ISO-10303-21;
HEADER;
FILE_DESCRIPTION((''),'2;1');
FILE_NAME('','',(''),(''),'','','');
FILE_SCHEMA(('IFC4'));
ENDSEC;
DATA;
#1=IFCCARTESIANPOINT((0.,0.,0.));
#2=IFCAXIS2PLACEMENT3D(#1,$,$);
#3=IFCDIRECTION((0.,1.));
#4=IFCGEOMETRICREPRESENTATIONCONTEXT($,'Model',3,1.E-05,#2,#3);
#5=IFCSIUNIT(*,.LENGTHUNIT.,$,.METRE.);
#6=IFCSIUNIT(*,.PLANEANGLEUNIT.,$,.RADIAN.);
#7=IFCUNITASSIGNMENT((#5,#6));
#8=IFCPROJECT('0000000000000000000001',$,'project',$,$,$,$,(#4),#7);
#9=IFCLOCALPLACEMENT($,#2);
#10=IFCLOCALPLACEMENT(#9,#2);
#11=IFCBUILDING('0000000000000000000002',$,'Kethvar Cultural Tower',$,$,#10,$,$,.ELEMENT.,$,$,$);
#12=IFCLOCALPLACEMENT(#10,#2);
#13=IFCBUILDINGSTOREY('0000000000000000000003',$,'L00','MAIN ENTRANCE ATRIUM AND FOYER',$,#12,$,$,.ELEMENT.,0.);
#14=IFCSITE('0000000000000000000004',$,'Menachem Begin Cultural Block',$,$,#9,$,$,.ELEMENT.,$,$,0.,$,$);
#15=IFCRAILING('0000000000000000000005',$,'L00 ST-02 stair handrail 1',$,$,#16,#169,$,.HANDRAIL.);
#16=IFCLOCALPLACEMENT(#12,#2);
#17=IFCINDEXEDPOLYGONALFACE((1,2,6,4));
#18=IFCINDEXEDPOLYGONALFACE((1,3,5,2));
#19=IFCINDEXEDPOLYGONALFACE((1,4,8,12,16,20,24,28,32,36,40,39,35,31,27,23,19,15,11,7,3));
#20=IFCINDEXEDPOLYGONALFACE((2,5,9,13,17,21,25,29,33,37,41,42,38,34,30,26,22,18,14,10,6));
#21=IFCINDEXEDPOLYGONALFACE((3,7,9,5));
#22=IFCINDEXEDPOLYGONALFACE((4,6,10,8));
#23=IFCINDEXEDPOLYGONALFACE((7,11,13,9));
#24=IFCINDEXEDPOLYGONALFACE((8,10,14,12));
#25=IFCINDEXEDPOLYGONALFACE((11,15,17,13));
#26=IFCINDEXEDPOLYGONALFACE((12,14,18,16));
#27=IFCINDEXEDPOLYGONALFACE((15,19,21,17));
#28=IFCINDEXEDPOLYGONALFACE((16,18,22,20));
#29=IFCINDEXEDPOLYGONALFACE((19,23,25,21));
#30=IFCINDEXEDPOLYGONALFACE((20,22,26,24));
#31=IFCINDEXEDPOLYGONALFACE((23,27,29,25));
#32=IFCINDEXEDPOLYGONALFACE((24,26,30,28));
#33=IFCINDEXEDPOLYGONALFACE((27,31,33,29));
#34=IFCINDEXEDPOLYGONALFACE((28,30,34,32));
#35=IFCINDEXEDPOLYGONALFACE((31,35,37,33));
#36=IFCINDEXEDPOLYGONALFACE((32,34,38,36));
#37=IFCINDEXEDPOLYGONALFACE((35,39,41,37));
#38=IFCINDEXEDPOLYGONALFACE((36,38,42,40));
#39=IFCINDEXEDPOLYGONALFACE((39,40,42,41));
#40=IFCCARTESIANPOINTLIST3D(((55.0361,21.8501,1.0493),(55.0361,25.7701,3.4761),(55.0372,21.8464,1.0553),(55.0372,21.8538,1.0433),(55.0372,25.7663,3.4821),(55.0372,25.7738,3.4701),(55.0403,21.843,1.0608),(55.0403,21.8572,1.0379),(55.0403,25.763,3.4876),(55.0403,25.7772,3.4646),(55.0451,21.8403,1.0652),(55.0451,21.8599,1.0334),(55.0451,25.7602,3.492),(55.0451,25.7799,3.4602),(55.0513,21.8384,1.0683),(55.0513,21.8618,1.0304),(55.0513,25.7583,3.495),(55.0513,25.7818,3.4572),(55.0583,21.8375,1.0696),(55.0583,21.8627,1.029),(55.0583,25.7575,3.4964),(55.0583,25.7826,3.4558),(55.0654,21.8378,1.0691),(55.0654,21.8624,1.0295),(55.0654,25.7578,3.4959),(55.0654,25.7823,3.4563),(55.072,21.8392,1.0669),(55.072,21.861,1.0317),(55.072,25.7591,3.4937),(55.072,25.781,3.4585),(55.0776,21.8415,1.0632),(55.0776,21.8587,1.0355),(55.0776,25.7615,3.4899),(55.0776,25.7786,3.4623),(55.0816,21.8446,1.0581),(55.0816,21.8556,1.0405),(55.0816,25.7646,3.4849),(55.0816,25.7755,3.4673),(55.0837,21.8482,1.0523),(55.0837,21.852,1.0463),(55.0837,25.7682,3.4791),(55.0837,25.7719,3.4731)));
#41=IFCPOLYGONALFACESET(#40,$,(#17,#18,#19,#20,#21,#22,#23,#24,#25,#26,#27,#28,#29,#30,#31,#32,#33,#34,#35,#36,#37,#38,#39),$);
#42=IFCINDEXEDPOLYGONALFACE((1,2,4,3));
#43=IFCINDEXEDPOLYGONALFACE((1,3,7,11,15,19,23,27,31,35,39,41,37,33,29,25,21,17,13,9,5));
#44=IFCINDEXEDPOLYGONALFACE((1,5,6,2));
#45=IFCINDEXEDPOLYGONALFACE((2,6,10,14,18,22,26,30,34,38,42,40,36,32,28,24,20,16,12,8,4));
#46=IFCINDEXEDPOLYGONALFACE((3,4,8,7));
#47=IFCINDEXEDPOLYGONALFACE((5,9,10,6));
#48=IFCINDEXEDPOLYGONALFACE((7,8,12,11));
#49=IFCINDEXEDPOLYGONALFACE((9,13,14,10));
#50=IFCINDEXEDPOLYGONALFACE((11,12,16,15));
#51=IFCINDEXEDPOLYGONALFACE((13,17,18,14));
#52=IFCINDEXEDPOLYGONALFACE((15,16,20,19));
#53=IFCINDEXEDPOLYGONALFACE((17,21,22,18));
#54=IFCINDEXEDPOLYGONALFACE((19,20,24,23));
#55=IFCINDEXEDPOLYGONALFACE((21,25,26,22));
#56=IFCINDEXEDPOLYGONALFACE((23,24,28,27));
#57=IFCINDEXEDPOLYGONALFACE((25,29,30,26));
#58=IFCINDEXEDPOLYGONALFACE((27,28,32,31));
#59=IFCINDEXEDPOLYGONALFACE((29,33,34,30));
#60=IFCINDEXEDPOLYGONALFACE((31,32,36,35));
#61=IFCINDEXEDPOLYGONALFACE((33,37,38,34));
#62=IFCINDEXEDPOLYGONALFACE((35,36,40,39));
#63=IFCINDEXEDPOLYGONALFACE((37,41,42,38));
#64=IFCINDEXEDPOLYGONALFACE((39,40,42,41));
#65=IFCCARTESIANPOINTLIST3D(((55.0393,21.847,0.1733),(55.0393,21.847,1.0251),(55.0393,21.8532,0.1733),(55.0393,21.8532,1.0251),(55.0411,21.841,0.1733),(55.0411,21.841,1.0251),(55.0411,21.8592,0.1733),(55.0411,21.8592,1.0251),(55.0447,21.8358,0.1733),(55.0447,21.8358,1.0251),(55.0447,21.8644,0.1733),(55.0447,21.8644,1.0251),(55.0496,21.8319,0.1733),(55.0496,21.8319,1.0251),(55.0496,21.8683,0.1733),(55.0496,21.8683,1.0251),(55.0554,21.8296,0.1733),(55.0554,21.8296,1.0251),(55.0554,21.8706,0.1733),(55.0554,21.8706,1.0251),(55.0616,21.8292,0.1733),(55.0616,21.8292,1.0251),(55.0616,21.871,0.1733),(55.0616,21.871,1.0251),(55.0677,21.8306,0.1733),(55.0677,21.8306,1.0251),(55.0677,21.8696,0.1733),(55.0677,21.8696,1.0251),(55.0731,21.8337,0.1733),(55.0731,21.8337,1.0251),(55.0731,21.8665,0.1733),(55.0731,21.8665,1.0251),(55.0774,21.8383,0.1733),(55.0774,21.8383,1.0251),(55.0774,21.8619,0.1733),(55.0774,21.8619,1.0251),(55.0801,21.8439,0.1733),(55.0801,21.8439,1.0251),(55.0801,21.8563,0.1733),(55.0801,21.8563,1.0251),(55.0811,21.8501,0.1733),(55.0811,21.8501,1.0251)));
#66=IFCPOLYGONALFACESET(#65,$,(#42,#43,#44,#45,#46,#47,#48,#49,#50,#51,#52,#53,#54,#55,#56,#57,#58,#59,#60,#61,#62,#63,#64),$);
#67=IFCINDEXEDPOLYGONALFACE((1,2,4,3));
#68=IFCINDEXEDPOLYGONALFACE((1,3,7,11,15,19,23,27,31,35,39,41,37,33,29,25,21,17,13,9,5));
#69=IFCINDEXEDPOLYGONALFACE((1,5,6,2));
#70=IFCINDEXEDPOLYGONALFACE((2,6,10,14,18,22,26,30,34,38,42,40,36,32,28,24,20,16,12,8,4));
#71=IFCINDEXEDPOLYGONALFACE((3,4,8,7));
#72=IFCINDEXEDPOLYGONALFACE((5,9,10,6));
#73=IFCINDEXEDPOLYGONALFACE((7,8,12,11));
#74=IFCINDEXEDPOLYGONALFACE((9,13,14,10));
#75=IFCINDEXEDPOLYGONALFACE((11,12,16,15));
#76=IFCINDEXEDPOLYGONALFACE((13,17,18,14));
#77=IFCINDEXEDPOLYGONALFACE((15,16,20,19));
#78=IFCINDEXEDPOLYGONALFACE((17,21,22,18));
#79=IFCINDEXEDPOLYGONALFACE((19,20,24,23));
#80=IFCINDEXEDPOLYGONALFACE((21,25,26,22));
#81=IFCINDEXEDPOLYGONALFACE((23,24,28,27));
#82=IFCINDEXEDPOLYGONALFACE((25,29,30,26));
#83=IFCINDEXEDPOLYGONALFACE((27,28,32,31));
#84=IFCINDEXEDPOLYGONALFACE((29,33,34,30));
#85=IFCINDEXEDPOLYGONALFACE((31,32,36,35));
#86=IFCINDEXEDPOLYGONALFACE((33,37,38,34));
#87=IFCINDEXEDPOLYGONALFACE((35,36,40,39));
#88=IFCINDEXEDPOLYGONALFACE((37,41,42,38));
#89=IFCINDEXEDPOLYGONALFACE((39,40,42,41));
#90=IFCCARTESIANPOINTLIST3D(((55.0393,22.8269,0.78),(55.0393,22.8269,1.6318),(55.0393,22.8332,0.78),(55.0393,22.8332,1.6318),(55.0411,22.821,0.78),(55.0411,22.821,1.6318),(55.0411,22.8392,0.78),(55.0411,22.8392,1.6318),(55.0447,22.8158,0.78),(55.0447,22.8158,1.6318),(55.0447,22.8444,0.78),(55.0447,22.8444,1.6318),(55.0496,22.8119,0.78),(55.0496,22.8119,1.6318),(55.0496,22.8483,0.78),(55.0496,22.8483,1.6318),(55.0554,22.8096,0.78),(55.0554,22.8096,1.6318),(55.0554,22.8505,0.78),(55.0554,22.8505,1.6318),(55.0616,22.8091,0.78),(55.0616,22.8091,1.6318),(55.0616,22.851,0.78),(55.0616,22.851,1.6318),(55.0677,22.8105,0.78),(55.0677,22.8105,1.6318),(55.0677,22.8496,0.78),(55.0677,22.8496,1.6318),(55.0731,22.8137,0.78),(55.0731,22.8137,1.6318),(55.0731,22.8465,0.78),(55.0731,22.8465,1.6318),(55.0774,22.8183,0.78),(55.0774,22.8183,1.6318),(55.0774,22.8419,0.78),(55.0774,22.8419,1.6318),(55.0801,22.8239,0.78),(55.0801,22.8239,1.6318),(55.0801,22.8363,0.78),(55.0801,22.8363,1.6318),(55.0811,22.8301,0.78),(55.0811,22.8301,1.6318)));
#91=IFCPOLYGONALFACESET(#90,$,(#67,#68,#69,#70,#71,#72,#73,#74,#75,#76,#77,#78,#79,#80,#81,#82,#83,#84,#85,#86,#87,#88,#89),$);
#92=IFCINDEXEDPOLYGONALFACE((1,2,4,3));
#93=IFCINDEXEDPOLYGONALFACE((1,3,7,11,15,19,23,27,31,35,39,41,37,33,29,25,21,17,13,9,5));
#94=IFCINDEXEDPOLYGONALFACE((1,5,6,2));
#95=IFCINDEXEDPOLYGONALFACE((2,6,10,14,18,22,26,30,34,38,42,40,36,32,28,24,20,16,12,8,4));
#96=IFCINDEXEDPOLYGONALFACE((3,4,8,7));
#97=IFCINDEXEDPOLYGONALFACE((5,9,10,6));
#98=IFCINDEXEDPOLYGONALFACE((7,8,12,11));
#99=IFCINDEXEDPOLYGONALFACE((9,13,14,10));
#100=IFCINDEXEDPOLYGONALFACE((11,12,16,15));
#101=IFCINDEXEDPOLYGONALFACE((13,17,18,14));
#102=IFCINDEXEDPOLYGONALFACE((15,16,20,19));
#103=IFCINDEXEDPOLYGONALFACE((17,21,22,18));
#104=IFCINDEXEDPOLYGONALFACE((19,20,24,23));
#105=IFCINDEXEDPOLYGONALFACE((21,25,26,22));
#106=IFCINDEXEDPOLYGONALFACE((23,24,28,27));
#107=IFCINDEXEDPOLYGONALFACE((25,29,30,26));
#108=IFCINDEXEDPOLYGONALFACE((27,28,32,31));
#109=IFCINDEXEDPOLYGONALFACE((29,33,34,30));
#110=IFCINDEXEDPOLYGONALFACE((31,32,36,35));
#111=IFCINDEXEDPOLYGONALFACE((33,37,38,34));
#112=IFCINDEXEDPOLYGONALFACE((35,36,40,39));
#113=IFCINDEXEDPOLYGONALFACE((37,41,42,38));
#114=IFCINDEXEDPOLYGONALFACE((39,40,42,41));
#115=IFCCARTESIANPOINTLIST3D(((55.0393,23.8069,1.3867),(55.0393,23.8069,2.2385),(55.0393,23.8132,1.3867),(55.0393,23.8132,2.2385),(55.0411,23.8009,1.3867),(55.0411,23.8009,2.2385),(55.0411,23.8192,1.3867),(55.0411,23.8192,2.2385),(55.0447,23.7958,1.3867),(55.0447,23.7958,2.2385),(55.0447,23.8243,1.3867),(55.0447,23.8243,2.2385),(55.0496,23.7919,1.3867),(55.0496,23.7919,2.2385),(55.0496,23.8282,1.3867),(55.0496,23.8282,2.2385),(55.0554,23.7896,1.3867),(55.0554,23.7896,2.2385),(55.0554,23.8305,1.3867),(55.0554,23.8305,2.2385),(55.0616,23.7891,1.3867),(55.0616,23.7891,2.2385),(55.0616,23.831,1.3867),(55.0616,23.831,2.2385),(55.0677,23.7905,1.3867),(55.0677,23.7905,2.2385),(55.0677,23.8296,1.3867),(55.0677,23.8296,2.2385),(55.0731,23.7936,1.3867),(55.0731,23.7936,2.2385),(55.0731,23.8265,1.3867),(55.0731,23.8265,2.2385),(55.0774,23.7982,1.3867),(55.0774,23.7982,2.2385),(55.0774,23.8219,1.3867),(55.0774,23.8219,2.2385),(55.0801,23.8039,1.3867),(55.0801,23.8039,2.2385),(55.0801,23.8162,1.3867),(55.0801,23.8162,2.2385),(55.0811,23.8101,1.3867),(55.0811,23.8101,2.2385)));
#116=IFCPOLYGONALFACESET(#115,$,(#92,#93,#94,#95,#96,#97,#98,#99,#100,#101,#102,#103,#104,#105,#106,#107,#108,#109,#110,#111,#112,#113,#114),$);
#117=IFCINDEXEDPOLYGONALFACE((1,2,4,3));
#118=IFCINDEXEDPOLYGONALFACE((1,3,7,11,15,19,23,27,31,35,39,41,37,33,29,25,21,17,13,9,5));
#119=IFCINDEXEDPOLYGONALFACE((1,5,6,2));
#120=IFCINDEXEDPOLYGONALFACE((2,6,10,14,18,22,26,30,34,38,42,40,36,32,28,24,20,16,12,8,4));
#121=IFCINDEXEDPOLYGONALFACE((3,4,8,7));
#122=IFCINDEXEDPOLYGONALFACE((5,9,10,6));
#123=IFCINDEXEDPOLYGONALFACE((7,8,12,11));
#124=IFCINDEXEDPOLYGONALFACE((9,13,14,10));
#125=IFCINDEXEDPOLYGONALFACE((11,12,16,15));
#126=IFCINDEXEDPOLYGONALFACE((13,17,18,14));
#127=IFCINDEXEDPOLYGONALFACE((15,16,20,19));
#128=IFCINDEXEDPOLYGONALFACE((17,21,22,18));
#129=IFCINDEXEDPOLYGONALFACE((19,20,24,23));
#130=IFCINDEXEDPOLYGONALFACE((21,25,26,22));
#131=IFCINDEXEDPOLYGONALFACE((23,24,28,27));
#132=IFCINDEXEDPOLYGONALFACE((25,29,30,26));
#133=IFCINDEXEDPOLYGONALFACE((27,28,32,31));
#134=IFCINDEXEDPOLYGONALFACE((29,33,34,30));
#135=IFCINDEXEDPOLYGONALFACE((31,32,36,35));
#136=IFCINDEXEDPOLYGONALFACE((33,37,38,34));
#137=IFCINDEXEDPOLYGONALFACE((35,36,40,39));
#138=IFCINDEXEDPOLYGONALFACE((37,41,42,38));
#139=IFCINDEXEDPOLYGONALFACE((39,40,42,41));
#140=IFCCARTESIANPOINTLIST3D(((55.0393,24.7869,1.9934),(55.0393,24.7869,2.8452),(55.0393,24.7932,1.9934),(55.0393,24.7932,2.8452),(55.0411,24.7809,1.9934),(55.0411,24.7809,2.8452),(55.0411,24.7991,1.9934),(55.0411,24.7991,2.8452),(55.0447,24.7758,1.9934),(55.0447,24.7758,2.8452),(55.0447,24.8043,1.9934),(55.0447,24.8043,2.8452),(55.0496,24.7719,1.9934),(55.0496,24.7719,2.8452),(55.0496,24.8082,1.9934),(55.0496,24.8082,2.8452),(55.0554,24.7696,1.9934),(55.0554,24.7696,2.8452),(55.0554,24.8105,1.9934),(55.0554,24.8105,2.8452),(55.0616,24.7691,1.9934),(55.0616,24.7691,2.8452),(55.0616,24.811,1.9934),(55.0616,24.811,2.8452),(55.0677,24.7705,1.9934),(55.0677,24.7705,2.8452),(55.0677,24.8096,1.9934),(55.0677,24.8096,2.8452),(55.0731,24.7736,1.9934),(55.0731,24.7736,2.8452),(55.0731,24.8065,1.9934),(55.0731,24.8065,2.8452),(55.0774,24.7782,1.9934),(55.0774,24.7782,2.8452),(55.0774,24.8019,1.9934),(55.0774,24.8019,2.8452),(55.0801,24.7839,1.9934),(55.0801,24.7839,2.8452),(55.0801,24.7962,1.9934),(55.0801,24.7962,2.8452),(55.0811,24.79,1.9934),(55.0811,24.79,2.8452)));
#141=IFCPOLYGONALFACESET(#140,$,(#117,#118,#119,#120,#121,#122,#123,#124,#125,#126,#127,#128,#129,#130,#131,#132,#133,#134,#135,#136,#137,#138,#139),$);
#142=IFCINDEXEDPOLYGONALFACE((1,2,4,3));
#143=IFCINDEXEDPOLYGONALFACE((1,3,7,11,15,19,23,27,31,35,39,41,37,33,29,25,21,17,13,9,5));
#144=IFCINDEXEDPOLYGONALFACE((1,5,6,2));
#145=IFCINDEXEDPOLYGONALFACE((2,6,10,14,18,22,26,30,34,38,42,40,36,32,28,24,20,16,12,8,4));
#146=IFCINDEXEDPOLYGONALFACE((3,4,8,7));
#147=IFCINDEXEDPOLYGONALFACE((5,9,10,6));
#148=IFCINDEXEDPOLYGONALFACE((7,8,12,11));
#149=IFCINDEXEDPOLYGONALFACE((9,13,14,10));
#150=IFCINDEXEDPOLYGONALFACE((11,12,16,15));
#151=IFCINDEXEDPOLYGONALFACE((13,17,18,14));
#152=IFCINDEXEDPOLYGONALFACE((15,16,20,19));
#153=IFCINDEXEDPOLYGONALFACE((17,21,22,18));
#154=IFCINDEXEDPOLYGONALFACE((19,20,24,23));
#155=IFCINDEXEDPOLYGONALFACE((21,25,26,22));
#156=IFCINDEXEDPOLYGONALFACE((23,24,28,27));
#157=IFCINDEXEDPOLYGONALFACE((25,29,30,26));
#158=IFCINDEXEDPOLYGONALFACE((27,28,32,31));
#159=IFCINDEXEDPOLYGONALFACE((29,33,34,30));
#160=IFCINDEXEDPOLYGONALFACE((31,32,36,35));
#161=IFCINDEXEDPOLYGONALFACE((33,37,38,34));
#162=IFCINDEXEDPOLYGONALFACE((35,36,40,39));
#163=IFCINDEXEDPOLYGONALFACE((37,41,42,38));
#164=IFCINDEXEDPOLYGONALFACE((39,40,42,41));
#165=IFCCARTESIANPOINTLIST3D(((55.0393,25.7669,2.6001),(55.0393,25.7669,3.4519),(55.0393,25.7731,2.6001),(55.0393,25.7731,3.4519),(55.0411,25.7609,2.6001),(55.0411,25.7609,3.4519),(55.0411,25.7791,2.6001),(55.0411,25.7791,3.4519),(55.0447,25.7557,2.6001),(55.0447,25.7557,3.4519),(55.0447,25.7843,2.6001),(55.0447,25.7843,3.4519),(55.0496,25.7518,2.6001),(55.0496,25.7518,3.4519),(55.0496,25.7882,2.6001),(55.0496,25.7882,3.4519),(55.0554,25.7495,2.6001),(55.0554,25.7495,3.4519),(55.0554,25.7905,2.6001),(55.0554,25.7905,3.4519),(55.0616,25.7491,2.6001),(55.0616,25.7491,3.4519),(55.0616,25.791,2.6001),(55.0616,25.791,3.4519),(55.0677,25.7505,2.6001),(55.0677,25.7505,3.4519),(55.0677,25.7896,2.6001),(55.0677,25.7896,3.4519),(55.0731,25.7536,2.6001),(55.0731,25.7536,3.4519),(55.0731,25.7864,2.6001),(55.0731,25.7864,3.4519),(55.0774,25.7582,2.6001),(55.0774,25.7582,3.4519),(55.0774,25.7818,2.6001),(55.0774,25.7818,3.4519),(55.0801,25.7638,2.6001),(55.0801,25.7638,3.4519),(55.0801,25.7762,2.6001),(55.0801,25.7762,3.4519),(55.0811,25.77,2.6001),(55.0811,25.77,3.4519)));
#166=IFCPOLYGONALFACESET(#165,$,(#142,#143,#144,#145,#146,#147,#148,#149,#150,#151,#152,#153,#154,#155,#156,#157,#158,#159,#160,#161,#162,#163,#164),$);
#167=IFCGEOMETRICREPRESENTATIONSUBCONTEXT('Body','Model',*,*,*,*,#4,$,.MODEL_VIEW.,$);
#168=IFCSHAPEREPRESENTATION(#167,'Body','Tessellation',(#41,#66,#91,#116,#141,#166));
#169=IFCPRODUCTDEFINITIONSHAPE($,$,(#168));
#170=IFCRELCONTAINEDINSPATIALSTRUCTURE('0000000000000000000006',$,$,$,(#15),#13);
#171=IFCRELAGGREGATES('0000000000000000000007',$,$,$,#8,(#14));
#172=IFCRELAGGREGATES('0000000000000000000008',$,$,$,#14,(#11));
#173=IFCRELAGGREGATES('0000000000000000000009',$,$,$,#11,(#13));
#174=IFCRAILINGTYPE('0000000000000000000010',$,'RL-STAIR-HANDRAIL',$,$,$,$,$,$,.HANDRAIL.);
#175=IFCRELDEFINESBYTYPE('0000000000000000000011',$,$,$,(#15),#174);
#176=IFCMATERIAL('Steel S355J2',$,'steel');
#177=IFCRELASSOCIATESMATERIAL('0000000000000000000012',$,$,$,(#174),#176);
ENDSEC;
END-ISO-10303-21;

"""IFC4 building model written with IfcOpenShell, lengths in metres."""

from ifc_helpers import new_model, si_unit, direction, frame, origin, origin_2d, place, context, subcontext, project, spatial, circle, extrude, material, type_object, element, save


model = new_model("IFC4")

# Units and contexts
model_context = context("Model", 3, precision=1e-05, world=origin(), true_north=direction((0.0, 1.0)))
body_context = subcontext(model_context, "Body", "Model", "MODEL_VIEW")
ifc_project = project(units=[si_unit("LENGTHUNIT", "METRE"), si_unit("PLANEANGLEUNIT", "RADIAN")], contexts=[model_context])

# Site, building, storey
site_placement = place(None, origin())
site = spatial("IfcSite", under=ifc_project, at=site_placement, Name="Menachem Begin Cultural Block", CompositionType="ELEMENT", RefElevation=0.0)
building_placement = place(site_placement, origin())
building = spatial("IfcBuilding", under=site, at=building_placement, Name="Kethvar Cultural Tower", CompositionType="ELEMENT")
storey_placement = place(building_placement, origin())
storey = spatial("IfcBuildingStorey", under=building, at=storey_placement, Name="L00", Description="MAIN ENTRANCE ATRIUM AND FOYER", CompositionType="ELEMENT", Elevation=0.0)

# Shared definitions
ifc_material_1 = material(Name="Steel S355J2", Category="steel")

# Railing
railing_type_1 = type_object("IfcRailingType", Name="RL-STAIR-HANDRAIL", PredefinedType="HANDRAIL", material=ifc_material_1)
railing_1_placement = place(storey_placement, frame((55.0601, 21.8501, 0.1733)))
element("IfcRailing", 1, at=railing_1_placement, inside=storey, type_object=railing_type_1, Name="L00 ST-02 stair handrail 1", PredefinedType="HANDRAIL", context=body_context, shape_type="SweptSolid", body=[
    extrude(circle(Radius=0.0239, at=origin_2d()), frame((0.0, 0.0, 0.876), z_axis=(0.0, 0.850252, 0.526376), x_axis=(-1.0, 0.0, 0.0)), (0.0, 0.0, 1.0), 4.6104),
    extrude(circle(Radius=0.021, at=origin_2d()), origin(), (0.0, 0.0, 1.0), 0.8518),
    extrude(circle(Radius=0.021, at=origin_2d()), frame((0.0, 0.98, 0.6067)), (0.0, 0.0, 1.0), 0.8518),
    extrude(circle(Radius=0.021, at=origin_2d()), frame((0.0, 1.96, 1.2134)), (0.0, 0.0, 1.0), 0.8518),
    extrude(circle(Radius=0.021, at=origin_2d()), frame((0.0, 2.9399, 1.8201)), (0.0, 0.0, 1.0), 0.8518),
    extrude(circle(Radius=0.021, at=origin_2d()), frame((0.0, 3.9199, 2.4268)), (0.0, 0.0, 1.0), 0.8518),
])

save(model, "model.ifc")
